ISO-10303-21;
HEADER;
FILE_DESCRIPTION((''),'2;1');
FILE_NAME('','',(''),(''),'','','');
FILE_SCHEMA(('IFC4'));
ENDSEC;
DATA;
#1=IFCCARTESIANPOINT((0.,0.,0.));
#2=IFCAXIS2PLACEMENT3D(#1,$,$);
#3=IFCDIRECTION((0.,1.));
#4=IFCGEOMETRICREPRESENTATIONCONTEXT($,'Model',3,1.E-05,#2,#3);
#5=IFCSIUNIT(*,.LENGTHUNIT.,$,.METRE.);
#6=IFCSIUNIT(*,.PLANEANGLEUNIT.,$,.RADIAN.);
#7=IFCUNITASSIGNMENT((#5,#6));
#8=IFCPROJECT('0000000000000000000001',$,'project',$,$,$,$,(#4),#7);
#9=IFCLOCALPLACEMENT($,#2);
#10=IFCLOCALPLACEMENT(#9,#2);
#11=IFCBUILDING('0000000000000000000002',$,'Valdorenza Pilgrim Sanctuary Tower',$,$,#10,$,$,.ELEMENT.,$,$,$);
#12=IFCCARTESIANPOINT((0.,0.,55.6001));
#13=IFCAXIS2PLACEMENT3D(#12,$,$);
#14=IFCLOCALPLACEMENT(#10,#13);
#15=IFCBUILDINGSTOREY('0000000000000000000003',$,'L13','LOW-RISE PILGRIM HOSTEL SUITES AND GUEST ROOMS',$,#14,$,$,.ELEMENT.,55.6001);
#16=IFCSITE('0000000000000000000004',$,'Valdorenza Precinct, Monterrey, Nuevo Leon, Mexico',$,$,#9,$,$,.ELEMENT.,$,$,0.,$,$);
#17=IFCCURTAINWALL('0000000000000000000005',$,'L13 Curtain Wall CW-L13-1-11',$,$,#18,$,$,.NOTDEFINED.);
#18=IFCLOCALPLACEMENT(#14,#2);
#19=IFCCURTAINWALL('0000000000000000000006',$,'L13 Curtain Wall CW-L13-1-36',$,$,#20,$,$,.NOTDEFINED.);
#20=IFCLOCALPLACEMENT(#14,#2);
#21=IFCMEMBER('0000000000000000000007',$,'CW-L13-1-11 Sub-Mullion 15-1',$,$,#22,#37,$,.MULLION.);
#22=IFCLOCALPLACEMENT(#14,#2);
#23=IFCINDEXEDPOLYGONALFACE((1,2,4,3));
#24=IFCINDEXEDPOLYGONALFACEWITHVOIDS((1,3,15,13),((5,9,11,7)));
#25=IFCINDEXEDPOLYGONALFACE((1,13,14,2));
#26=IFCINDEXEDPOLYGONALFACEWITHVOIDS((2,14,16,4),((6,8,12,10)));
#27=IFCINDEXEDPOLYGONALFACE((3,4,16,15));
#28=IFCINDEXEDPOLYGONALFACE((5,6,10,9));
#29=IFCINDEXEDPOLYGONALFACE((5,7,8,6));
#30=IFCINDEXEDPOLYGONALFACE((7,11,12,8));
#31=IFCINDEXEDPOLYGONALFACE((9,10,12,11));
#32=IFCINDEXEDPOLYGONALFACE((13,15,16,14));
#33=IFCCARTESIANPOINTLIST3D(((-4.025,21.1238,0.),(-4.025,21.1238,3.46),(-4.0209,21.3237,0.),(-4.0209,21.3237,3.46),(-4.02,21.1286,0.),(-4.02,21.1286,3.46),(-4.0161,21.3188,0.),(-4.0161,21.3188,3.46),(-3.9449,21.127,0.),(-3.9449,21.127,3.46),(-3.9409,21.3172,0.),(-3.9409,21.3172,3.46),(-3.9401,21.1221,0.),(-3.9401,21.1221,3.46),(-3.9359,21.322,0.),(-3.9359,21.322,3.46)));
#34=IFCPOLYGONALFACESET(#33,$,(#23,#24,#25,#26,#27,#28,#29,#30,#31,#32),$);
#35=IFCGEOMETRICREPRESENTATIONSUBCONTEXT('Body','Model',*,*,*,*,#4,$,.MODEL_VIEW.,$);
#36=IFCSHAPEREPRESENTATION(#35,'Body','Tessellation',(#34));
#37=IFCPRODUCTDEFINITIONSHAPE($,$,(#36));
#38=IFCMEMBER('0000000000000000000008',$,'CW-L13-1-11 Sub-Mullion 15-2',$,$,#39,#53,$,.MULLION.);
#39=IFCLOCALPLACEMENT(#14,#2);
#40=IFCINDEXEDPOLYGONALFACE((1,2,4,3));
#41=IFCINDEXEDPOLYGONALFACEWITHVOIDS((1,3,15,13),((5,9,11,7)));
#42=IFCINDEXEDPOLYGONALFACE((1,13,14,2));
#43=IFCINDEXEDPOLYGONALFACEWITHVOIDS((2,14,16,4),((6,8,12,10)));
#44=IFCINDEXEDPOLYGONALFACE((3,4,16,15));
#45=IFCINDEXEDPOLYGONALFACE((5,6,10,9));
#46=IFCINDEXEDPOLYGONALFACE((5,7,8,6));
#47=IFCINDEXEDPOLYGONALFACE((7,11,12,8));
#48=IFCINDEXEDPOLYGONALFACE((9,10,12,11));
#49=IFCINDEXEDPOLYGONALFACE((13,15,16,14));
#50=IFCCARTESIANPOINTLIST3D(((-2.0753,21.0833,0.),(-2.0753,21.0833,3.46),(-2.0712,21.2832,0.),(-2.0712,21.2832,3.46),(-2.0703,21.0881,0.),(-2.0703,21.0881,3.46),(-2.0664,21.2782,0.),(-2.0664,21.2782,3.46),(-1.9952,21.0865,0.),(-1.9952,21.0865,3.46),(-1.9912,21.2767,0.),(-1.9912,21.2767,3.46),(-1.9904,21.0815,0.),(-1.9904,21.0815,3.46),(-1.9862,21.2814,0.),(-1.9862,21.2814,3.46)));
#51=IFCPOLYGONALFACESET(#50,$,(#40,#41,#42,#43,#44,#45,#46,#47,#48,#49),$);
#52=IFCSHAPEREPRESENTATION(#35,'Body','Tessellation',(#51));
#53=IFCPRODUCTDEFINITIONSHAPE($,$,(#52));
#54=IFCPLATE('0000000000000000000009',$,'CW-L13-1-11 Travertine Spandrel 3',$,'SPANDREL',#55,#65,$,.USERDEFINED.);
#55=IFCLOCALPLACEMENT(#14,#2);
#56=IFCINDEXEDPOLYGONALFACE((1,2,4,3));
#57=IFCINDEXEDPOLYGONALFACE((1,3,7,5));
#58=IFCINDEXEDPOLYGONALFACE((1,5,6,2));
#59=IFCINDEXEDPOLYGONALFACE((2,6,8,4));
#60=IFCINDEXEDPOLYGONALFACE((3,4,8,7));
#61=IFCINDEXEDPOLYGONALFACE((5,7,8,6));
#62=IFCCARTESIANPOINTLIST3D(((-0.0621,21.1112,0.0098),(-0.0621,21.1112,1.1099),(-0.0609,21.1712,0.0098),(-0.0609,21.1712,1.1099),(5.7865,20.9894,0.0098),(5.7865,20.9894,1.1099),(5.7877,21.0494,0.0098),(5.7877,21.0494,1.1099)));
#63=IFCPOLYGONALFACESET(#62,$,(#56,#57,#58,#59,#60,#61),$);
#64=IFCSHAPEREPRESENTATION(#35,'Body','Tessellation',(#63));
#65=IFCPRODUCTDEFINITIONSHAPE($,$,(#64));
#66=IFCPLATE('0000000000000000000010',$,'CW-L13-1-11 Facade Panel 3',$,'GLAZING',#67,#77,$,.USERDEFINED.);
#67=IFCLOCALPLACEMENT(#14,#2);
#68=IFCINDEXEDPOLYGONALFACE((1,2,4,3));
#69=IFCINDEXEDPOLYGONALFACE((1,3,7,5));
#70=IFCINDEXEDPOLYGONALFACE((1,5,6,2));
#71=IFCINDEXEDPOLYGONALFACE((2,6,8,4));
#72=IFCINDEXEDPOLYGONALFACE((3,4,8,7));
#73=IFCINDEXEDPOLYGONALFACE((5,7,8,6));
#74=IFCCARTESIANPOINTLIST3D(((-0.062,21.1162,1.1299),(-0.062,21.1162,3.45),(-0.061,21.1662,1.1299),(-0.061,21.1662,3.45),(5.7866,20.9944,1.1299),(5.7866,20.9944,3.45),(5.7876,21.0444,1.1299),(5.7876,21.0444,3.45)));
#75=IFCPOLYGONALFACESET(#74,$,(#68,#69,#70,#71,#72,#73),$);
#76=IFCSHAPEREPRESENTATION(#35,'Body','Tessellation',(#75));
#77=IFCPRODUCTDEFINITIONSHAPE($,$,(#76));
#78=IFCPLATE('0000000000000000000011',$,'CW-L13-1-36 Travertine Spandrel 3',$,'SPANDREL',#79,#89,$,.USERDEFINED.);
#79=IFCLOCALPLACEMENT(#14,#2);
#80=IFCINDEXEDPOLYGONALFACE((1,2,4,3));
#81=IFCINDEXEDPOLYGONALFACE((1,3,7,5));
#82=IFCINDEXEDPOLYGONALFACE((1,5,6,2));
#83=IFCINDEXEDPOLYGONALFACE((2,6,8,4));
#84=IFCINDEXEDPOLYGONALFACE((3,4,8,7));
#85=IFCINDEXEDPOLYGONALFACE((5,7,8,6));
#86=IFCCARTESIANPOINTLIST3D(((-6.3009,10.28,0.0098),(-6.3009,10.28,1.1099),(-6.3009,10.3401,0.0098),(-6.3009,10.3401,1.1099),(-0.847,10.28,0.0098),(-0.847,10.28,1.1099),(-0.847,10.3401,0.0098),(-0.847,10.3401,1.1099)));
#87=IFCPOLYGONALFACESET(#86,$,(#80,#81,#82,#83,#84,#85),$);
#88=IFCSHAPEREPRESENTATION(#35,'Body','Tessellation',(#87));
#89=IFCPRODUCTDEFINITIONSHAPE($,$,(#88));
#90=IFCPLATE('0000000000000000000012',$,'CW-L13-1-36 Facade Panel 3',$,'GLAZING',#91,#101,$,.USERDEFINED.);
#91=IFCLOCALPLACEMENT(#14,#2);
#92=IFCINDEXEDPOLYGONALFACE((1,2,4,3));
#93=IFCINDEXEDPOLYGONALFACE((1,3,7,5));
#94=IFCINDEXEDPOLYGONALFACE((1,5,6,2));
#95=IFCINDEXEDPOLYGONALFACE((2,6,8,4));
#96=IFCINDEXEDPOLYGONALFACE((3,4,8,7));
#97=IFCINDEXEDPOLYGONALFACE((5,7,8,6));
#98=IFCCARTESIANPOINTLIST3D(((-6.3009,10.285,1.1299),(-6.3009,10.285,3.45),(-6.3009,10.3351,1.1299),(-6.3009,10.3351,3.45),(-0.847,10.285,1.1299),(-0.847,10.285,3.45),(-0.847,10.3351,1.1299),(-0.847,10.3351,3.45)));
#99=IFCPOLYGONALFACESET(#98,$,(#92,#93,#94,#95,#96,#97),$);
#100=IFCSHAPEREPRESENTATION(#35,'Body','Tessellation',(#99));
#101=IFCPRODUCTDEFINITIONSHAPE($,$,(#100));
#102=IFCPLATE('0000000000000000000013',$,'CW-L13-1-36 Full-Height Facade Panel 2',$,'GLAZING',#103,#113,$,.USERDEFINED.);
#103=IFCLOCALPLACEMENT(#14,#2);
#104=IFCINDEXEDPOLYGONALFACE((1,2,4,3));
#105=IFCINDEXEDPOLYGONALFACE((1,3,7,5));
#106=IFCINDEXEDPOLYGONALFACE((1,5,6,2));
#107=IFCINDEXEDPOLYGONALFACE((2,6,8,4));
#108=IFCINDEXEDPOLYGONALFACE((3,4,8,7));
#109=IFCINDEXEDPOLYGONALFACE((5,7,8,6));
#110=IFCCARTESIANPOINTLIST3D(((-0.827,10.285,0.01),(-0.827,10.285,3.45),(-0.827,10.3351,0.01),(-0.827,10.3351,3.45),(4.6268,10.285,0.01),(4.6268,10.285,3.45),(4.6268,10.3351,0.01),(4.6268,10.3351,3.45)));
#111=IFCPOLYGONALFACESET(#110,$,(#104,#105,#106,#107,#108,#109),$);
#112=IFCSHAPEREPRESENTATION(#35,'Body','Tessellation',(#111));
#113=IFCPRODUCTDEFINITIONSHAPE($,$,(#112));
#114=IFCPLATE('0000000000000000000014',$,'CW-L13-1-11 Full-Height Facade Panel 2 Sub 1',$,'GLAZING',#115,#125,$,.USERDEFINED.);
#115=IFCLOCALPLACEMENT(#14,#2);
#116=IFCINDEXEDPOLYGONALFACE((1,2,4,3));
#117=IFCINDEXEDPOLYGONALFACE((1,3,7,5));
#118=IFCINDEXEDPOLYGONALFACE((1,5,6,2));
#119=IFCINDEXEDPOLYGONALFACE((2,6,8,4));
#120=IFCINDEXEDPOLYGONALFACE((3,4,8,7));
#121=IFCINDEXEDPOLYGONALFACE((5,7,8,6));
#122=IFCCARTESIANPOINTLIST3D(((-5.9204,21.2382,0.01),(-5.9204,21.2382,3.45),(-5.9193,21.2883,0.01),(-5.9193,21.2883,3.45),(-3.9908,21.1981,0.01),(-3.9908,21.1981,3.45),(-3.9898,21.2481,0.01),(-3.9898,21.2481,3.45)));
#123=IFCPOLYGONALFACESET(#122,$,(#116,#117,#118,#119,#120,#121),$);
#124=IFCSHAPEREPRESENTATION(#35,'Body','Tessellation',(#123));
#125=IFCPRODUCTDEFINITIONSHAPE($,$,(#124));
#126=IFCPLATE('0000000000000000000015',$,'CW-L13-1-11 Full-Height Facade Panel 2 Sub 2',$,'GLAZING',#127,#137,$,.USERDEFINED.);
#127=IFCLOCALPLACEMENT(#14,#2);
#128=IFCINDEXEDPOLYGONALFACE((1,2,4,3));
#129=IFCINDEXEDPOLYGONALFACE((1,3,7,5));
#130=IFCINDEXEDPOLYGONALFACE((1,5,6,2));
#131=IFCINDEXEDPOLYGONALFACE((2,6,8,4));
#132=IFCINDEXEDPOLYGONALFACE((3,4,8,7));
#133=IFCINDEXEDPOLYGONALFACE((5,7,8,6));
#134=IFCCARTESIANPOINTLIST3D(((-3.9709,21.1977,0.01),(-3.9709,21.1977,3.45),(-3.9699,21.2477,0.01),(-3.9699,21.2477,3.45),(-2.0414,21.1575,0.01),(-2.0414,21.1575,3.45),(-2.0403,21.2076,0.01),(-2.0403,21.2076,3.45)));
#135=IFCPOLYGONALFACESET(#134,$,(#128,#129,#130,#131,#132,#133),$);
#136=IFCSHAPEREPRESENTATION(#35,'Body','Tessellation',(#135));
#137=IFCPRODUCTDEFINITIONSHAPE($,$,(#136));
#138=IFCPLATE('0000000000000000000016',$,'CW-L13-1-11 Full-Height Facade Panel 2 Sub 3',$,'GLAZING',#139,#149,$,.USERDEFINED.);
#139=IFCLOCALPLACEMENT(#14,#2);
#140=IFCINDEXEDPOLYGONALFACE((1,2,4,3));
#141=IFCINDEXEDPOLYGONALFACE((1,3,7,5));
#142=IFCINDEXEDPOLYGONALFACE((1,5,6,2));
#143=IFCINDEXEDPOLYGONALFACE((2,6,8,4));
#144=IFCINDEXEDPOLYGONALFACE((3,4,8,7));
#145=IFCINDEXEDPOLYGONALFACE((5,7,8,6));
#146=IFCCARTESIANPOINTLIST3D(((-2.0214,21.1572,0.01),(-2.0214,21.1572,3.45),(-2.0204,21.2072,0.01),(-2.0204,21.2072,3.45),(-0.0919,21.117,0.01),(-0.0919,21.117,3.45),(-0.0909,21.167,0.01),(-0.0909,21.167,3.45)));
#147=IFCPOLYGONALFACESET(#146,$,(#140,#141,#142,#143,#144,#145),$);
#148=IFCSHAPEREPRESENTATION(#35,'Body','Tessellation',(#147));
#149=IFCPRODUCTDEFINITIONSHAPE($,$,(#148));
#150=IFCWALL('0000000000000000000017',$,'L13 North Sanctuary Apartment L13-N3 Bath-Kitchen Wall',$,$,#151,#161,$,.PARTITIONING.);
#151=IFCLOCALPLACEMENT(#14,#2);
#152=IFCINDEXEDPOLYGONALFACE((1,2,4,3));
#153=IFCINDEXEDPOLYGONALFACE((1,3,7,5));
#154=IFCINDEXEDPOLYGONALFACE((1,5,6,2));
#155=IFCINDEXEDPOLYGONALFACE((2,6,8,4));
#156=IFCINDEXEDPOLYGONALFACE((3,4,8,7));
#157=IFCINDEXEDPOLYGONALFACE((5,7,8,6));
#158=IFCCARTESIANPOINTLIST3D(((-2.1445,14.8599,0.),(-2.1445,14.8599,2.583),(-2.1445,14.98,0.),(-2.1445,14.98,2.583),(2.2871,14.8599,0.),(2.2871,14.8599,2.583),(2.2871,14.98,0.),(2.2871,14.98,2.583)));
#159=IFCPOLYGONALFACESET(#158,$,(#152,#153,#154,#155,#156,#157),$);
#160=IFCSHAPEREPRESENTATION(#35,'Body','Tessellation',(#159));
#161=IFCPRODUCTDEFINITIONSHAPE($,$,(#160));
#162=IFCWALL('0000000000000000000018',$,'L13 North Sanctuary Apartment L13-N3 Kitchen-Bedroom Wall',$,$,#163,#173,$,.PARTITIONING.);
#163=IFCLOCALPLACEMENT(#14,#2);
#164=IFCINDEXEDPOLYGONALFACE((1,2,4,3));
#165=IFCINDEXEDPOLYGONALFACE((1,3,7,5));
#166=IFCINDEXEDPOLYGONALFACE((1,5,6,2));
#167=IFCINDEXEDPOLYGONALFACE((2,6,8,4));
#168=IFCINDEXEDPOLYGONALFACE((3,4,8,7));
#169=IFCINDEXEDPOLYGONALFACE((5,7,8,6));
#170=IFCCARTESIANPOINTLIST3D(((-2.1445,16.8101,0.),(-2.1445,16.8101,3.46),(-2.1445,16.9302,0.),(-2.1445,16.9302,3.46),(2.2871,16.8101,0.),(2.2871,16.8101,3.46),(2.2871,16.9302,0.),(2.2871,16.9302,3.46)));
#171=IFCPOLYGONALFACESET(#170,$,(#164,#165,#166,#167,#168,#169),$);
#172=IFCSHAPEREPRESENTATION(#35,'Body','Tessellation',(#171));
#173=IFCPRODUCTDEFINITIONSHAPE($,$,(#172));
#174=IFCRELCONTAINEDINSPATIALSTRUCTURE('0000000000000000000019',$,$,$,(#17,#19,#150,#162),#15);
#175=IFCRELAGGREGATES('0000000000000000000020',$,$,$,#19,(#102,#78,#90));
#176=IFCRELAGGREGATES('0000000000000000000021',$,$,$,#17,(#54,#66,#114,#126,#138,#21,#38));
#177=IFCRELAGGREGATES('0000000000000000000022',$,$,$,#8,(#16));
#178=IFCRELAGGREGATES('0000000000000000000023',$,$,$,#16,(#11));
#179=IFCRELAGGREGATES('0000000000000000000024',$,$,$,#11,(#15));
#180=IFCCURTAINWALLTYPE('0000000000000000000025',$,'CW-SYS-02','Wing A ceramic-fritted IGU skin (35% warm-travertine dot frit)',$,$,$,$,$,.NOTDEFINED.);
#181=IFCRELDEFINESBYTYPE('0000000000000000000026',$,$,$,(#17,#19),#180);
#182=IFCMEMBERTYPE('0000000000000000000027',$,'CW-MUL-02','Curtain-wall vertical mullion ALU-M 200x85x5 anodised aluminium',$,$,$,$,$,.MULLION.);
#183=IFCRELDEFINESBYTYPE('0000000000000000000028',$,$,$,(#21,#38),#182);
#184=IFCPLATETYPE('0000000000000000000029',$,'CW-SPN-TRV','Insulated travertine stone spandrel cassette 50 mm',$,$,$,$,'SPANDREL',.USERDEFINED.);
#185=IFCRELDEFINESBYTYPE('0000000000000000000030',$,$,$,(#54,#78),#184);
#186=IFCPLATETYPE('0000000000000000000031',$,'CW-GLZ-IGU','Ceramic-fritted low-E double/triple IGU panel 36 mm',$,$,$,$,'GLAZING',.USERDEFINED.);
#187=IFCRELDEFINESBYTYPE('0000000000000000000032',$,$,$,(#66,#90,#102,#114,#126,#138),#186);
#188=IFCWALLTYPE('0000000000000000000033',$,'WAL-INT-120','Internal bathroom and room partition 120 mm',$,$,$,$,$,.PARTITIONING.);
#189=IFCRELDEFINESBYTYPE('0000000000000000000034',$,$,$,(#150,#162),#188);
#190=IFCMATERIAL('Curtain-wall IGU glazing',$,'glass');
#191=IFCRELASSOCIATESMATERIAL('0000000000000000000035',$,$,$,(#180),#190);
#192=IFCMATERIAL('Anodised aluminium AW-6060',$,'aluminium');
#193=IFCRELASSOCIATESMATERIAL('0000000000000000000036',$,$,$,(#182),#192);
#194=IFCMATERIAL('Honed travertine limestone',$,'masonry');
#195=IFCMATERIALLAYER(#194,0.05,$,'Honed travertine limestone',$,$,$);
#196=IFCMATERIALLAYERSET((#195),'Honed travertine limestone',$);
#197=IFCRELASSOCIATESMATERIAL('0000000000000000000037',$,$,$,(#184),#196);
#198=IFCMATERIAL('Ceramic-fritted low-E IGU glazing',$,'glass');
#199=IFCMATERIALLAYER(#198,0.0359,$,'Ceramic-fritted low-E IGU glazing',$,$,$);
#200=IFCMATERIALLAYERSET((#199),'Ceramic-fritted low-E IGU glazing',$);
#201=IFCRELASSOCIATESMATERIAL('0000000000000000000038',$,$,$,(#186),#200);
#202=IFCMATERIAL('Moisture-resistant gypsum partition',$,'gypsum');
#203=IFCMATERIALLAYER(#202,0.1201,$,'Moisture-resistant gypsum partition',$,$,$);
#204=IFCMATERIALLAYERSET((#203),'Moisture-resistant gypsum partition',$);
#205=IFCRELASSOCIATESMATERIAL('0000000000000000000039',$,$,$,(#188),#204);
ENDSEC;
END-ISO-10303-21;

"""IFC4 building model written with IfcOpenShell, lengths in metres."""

from ifc_helpers import new_model, si_unit, direction, frame, frame_2d, origin, origin_2d, place, context, subcontext, project, spatial, rectangle, hollow_rectangle, extrude, source, transform, mapped, material, layer, layer_set, material_profile, profile_set, type_object, element, aggregate, save


model = new_model("IFC4")

# Units and contexts
model_context = context("Model", 3, precision=1e-05, world=origin(), true_north=direction((0.0, 1.0)))
body_context = subcontext(model_context, "Body", "Model", "MODEL_VIEW")
ifc_project = project(units=[si_unit("LENGTHUNIT", "METRE"), si_unit("PLANEANGLEUNIT", "RADIAN")], contexts=[model_context])

# Site, building, storey
site_placement = place(None, origin())
site = spatial("IfcSite", under=ifc_project, at=site_placement, Name="Valdorenza Precinct, Monterrey, Nuevo Leon, Mexico", CompositionType="ELEMENT", RefElevation=0.0)
building_placement = place(site_placement, origin())
building = spatial("IfcBuilding", under=site, at=building_placement, Name="Valdorenza Pilgrim Sanctuary Tower", CompositionType="ELEMENT")
storey_placement = place(building_placement, frame((0.0, 0.0, 55.6001)))
storey = spatial("IfcBuildingStorey", under=building, at=storey_placement, Name="L13", Description="LOW-RISE PILGRIM HOSTEL SUITES AND GUEST ROOMS", CompositionType="ELEMENT", Elevation=55.6001)

# Curtain wall
ifc_material_1 = material(Name="Curtain-wall IGU glazing", Category="glass")
curtain_wall_type = type_object("IfcCurtainWallType", Name="CW-SYS-02", Description="Wing A ceramic-fritted IGU skin (35% warm-travertine dot frit)", PredefinedType="NOTDEFINED", material=ifc_material_1)
curtain_wall_1_placement = place(storey_placement, origin())
curtain_wall_1 = element("IfcCurtainWall", 1, at=curtain_wall_1_placement, inside=storey, type_object=curtain_wall_type, Name="L13 Curtain Wall CW-L13-1-11", PredefinedType="NOTDEFINED")
ifc_material_2 = material(Name="Anodised aluminium AW-6060", Category="aluminium")
ifc_material_profile_1 = material_profile(ifc_material_2, hollow_rectangle(XDim=0.085, YDim=0.2, WallThickness=0.0049, at=origin_2d()), Name="ALU-M 200x85x5")
ifc_profile_set_1 = profile_set([ifc_material_profile_1], Name="Anodised aluminium AW-6060")
member_type = type_object("IfcMemberType", Name="CW-MUL-02", Description="Curtain-wall vertical mullion ALU-M 200x85x5 anodised aluminium", PredefinedType="MULLION", material=ifc_profile_set_1)
shared_shape_1 = source(origin(), body_context, "Body", "SweptSolid", [
    extrude(hollow_rectangle(XDim=0.085, YDim=0.2, WallThickness=0.0049, at=origin_2d()), origin(), (0.0, 0.0, 1.0), 3.46),
])

# Curtain wall
curtain_wall_2_placement = place(storey_placement, origin())
curtain_wall_2 = element("IfcCurtainWall", 2, at=curtain_wall_2_placement, inside=storey, type_object=curtain_wall_type, Name="L13 Curtain Wall CW-L13-1-36", PredefinedType="NOTDEFINED")

# Members
member_1_placement = place(storey_placement, frame((-3.9805, 21.2229, 0.0), z_axis=(0.0, 0.0, 1.0), x_axis=(0.999783, -0.02082, 0.0)))
member_1 = element("IfcMember", 3, at=member_1_placement, type_object=member_type, Name="CW-L13-1-11 Sub-Mullion 15-1", PredefinedType="MULLION", context=body_context, shape_type="MappedRepresentation", body=[
    mapped(shared_shape_1, transform((0.0, 0.0, 0.0), x_axis=(1.0, 0.0, 0.0), y_axis=(0.0, 1.0, 0.0), z_axis=(0.0, 0.0, 1.0), scale=1.0)),
])
member_2_placement = place(storey_placement, frame((-2.0308, 21.1824, 0.0), z_axis=(0.0, 0.0, 1.0), x_axis=(0.999783, -0.02082, 0.0)))
member_2 = element("IfcMember", 4, at=member_2_placement, type_object=member_type, Name="CW-L13-1-11 Sub-Mullion 15-2", PredefinedType="MULLION", context=body_context, shape_type="MappedRepresentation", body=[
    mapped(shared_shape_1, transform((0.0, 0.0, 0.0), x_axis=(1.0, 0.0, 0.0), y_axis=(0.0, 1.0, 0.0), z_axis=(0.0, 0.0, 1.0), scale=1.0)),
])

# Plates
ifc_material_3 = material(Name="Honed travertine limestone", Category="masonry")
ifc_layer_1 = layer(ifc_material_3, 0.05, Name="Honed travertine limestone")
ifc_layer_set_1 = layer_set([ifc_layer_1], Name="Honed travertine limestone")
plate_type_1 = type_object("IfcPlateType", Name="CW-SPN-TRV", Description="Insulated travertine stone spandrel cassette 50 mm", ElementType="SPANDREL", PredefinedType="USERDEFINED", material=ifc_layer_set_1)
shared_shape_2 = source(origin(), body_context, "Body", "SweptSolid", [
    extrude(rectangle(XDim=5.8499, YDim=0.0601, at=origin_2d()), origin(), (0.0, 0.0, 1.0), 1.1001),
])
plate_1_placement = place(storey_placement, frame((2.8628, 21.0803, 0.0098), z_axis=(0.0, 0.0, 1.0), x_axis=(0.999783, -0.02082, 0.0)))
plate_1 = element("IfcPlate", 5, at=plate_1_placement, type_object=plate_type_1, Name="CW-L13-1-11 Travertine Spandrel 3", ObjectType="SPANDREL", PredefinedType="USERDEFINED", context=body_context, shape_type="MappedRepresentation", body=[
    mapped(shared_shape_2, transform((0.0, 0.0, 0.0), x_axis=(1.0, 0.0, 0.0), y_axis=(0.0, 1.0, 0.0), z_axis=(0.0, 0.0, 1.0), scale=1.0)),
])
ifc_material_4 = material(Name="Ceramic-fritted low-E IGU glazing", Category="glass")
ifc_layer_2 = layer(ifc_material_4, 0.0359, Name="Ceramic-fritted low-E IGU glazing")
ifc_layer_set_2 = layer_set([ifc_layer_2], Name="Ceramic-fritted low-E IGU glazing")
plate_type_2 = type_object("IfcPlateType", Name="CW-GLZ-IGU", Description="Ceramic-fritted low-E double/triple IGU panel 36 mm", ElementType="GLAZING", PredefinedType="USERDEFINED", material=ifc_layer_set_2)
shared_shape_3 = source(origin(), body_context, "Body", "SweptSolid", [
    extrude(rectangle(XDim=5.8499, YDim=0.05, at=origin_2d()), origin(), (0.0, 0.0, 1.0), 2.3201),
])
plate_2_placement = place(storey_placement, frame((2.8628, 21.0803, 1.1299), z_axis=(0.0, 0.0, 1.0), x_axis=(0.999783, -0.02082, 0.0)))
plate_2 = element("IfcPlate", 6, at=plate_2_placement, type_object=plate_type_2, Name="CW-L13-1-11 Facade Panel 3", ObjectType="GLAZING", PredefinedType="USERDEFINED", context=body_context, shape_type="MappedRepresentation", body=[
    mapped(shared_shape_3, transform((0.0, 0.0, 0.0), x_axis=(1.0, 0.0, 0.0), y_axis=(0.0, 1.0, 0.0), z_axis=(0.0, 0.0, 1.0), scale=1.0)),
])
shared_shape_4 = source(origin(), body_context, "Body", "SweptSolid", [
    extrude(rectangle(XDim=5.4539, YDim=0.0601, at=origin_2d()), origin(), (0.0, 0.0, 1.0), 1.1001),
])
plate_3_placement = place(storey_placement, frame((-3.574, 10.3101, 0.0098), z_axis=(0.0, 0.0, 1.0), x_axis=(-1.0, 0.0, 0.0)))
plate_3 = element("IfcPlate", 7, at=plate_3_placement, type_object=plate_type_1, Name="CW-L13-1-36 Travertine Spandrel 3", ObjectType="SPANDREL", PredefinedType="USERDEFINED", context=body_context, shape_type="MappedRepresentation", body=[
    mapped(shared_shape_4, transform((0.0, 0.0, 0.0), x_axis=(1.0, 0.0, 0.0), y_axis=(0.0, 1.0, 0.0), z_axis=(0.0, 0.0, 1.0), scale=1.0)),
])
shared_shape_5 = source(origin(), body_context, "Body", "SweptSolid", [
    extrude(rectangle(XDim=5.4539, YDim=0.05, at=origin_2d()), origin(), (0.0, 0.0, 1.0), 2.3201),
])
plate_4_placement = place(storey_placement, frame((-3.574, 10.3101, 1.1299), z_axis=(0.0, 0.0, 1.0), x_axis=(-1.0, 0.0, 0.0)))
plate_4 = element("IfcPlate", 8, at=plate_4_placement, type_object=plate_type_2, Name="CW-L13-1-36 Facade Panel 3", ObjectType="GLAZING", PredefinedType="USERDEFINED", context=body_context, shape_type="MappedRepresentation", body=[
    mapped(shared_shape_5, transform((0.0, 0.0, 0.0), x_axis=(1.0, 0.0, 0.0), y_axis=(0.0, 1.0, 0.0), z_axis=(0.0, 0.0, 1.0), scale=1.0)),
])
shared_shape_6 = source(origin(), body_context, "Body", "SweptSolid", [
    extrude(rectangle(XDim=5.4539, YDim=0.05, at=origin_2d()), origin(), (0.0, 0.0, 1.0), 3.4399),
])
plate_5_placement = place(storey_placement, frame((1.8999, 10.3101, 0.01), z_axis=(0.0, 0.0, 1.0), x_axis=(-1.0, 0.0, 0.0)))
plate_5 = element("IfcPlate", 9, at=plate_5_placement, type_object=plate_type_2, Name="CW-L13-1-36 Full-Height Facade Panel 2", ObjectType="GLAZING", PredefinedType="USERDEFINED", context=body_context, shape_type="MappedRepresentation", body=[
    mapped(shared_shape_6, transform((0.0, 0.0, 0.0), x_axis=(1.0, 0.0, 0.0), y_axis=(0.0, 1.0, 0.0), z_axis=(0.0, 0.0, 1.0), scale=1.0)),
])
aggregate(curtain_wall_2, [plate_5, plate_3, plate_4])
shared_shape_7 = source(origin(), body_context, "Body", "SweptSolid", [
    extrude(rectangle(XDim=1.9299, YDim=0.05, at=origin_2d()), origin(), (0.0, 0.0, 1.0), 3.4399),
])
plate_6_placement = place(storey_placement, frame((-4.9551, 21.2432, 0.01), z_axis=(0.0, 0.0, 1.0), x_axis=(0.999783, -0.02082, 0.0)))
plate_6 = element("IfcPlate", 10, at=plate_6_placement, type_object=plate_type_2, Name="CW-L13-1-11 Full-Height Facade Panel 2 Sub 1", ObjectType="GLAZING", PredefinedType="USERDEFINED", context=body_context, shape_type="MappedRepresentation", body=[
    mapped(shared_shape_7, transform((0.0, 0.0, 0.0), x_axis=(1.0, 0.0, 0.0), y_axis=(0.0, 1.0, 0.0), z_axis=(0.0, 0.0, 1.0), scale=1.0)),
])
plate_7_placement = place(storey_placement, frame((-3.0056, 21.2026, 0.01), z_axis=(0.0, 0.0, 1.0), x_axis=(0.999783, -0.02082, 0.0)))
plate_7 = element("IfcPlate", 11, at=plate_7_placement, type_object=plate_type_2, Name="CW-L13-1-11 Full-Height Facade Panel 2 Sub 2", ObjectType="GLAZING", PredefinedType="USERDEFINED", context=body_context, shape_type="MappedRepresentation", body=[
    mapped(shared_shape_7, transform((0.0, 0.0, 0.0), x_axis=(1.0, 0.0, 0.0), y_axis=(0.0, 1.0, 0.0), z_axis=(0.0, 0.0, 1.0), scale=1.0)),
])
plate_8_placement = place(storey_placement, frame((-1.0562, 21.1621, 0.01), z_axis=(0.0, 0.0, 1.0), x_axis=(0.999783, -0.02082, 0.0)))
plate_8 = element("IfcPlate", 12, at=plate_8_placement, type_object=plate_type_2, Name="CW-L13-1-11 Full-Height Facade Panel 2 Sub 3", ObjectType="GLAZING", PredefinedType="USERDEFINED", context=body_context, shape_type="MappedRepresentation", body=[
    mapped(shared_shape_7, transform((0.0, 0.0, 0.0), x_axis=(1.0, 0.0, 0.0), y_axis=(0.0, 1.0, 0.0), z_axis=(0.0, 0.0, 1.0), scale=1.0)),
])
aggregate(curtain_wall_1, [plate_1, plate_2, plate_6, plate_7, plate_8, member_1, member_2])

# Walls
ifc_material_5 = material(Name="Moisture-resistant gypsum partition", Category="gypsum")
ifc_layer_3 = layer(ifc_material_5, 0.1201, Name="Moisture-resistant gypsum partition")
ifc_layer_set_3 = layer_set([ifc_layer_3], Name="Moisture-resistant gypsum partition")
wall_type_1 = type_object("IfcWallType", Name="WAL-INT-120", Description="Internal bathroom and room partition 120 mm", PredefinedType="PARTITIONING", material=ifc_layer_set_3)
wall_1_placement = place(storey_placement, frame((-2.1445, 14.9199, 0.0), z_axis=(0.0, 0.0, 1.0), x_axis=(1.0, 0.0, 0.0)))
element("IfcWall", 13, at=wall_1_placement, inside=storey, type_object=wall_type_1, Name="L13 North Sanctuary Apartment L13-N3 Bath-Kitchen Wall", PredefinedType="PARTITIONING", context=body_context, shape_type="SweptSolid", body=[
    extrude(rectangle(XDim=4.4316, YDim=0.1201, at=frame_2d((2.2158, 0.0))), origin(), (0.0, 0.0, 1.0), 2.583),
])
wall_2_placement = place(storey_placement, frame((-2.1445, 16.8701, 0.0), z_axis=(0.0, 0.0, 1.0), x_axis=(1.0, 0.0, 0.0)))
element("IfcWall", 14, at=wall_2_placement, inside=storey, type_object=wall_type_1, Name="L13 North Sanctuary Apartment L13-N3 Kitchen-Bedroom Wall", PredefinedType="PARTITIONING", context=body_context, shape_type="SweptSolid", body=[
    extrude(rectangle(XDim=4.4316, YDim=0.1201, at=frame_2d((2.2158, 0.0))), origin(), (0.0, 0.0, 1.0), 3.46),
])

save(model, "model.ifc")
